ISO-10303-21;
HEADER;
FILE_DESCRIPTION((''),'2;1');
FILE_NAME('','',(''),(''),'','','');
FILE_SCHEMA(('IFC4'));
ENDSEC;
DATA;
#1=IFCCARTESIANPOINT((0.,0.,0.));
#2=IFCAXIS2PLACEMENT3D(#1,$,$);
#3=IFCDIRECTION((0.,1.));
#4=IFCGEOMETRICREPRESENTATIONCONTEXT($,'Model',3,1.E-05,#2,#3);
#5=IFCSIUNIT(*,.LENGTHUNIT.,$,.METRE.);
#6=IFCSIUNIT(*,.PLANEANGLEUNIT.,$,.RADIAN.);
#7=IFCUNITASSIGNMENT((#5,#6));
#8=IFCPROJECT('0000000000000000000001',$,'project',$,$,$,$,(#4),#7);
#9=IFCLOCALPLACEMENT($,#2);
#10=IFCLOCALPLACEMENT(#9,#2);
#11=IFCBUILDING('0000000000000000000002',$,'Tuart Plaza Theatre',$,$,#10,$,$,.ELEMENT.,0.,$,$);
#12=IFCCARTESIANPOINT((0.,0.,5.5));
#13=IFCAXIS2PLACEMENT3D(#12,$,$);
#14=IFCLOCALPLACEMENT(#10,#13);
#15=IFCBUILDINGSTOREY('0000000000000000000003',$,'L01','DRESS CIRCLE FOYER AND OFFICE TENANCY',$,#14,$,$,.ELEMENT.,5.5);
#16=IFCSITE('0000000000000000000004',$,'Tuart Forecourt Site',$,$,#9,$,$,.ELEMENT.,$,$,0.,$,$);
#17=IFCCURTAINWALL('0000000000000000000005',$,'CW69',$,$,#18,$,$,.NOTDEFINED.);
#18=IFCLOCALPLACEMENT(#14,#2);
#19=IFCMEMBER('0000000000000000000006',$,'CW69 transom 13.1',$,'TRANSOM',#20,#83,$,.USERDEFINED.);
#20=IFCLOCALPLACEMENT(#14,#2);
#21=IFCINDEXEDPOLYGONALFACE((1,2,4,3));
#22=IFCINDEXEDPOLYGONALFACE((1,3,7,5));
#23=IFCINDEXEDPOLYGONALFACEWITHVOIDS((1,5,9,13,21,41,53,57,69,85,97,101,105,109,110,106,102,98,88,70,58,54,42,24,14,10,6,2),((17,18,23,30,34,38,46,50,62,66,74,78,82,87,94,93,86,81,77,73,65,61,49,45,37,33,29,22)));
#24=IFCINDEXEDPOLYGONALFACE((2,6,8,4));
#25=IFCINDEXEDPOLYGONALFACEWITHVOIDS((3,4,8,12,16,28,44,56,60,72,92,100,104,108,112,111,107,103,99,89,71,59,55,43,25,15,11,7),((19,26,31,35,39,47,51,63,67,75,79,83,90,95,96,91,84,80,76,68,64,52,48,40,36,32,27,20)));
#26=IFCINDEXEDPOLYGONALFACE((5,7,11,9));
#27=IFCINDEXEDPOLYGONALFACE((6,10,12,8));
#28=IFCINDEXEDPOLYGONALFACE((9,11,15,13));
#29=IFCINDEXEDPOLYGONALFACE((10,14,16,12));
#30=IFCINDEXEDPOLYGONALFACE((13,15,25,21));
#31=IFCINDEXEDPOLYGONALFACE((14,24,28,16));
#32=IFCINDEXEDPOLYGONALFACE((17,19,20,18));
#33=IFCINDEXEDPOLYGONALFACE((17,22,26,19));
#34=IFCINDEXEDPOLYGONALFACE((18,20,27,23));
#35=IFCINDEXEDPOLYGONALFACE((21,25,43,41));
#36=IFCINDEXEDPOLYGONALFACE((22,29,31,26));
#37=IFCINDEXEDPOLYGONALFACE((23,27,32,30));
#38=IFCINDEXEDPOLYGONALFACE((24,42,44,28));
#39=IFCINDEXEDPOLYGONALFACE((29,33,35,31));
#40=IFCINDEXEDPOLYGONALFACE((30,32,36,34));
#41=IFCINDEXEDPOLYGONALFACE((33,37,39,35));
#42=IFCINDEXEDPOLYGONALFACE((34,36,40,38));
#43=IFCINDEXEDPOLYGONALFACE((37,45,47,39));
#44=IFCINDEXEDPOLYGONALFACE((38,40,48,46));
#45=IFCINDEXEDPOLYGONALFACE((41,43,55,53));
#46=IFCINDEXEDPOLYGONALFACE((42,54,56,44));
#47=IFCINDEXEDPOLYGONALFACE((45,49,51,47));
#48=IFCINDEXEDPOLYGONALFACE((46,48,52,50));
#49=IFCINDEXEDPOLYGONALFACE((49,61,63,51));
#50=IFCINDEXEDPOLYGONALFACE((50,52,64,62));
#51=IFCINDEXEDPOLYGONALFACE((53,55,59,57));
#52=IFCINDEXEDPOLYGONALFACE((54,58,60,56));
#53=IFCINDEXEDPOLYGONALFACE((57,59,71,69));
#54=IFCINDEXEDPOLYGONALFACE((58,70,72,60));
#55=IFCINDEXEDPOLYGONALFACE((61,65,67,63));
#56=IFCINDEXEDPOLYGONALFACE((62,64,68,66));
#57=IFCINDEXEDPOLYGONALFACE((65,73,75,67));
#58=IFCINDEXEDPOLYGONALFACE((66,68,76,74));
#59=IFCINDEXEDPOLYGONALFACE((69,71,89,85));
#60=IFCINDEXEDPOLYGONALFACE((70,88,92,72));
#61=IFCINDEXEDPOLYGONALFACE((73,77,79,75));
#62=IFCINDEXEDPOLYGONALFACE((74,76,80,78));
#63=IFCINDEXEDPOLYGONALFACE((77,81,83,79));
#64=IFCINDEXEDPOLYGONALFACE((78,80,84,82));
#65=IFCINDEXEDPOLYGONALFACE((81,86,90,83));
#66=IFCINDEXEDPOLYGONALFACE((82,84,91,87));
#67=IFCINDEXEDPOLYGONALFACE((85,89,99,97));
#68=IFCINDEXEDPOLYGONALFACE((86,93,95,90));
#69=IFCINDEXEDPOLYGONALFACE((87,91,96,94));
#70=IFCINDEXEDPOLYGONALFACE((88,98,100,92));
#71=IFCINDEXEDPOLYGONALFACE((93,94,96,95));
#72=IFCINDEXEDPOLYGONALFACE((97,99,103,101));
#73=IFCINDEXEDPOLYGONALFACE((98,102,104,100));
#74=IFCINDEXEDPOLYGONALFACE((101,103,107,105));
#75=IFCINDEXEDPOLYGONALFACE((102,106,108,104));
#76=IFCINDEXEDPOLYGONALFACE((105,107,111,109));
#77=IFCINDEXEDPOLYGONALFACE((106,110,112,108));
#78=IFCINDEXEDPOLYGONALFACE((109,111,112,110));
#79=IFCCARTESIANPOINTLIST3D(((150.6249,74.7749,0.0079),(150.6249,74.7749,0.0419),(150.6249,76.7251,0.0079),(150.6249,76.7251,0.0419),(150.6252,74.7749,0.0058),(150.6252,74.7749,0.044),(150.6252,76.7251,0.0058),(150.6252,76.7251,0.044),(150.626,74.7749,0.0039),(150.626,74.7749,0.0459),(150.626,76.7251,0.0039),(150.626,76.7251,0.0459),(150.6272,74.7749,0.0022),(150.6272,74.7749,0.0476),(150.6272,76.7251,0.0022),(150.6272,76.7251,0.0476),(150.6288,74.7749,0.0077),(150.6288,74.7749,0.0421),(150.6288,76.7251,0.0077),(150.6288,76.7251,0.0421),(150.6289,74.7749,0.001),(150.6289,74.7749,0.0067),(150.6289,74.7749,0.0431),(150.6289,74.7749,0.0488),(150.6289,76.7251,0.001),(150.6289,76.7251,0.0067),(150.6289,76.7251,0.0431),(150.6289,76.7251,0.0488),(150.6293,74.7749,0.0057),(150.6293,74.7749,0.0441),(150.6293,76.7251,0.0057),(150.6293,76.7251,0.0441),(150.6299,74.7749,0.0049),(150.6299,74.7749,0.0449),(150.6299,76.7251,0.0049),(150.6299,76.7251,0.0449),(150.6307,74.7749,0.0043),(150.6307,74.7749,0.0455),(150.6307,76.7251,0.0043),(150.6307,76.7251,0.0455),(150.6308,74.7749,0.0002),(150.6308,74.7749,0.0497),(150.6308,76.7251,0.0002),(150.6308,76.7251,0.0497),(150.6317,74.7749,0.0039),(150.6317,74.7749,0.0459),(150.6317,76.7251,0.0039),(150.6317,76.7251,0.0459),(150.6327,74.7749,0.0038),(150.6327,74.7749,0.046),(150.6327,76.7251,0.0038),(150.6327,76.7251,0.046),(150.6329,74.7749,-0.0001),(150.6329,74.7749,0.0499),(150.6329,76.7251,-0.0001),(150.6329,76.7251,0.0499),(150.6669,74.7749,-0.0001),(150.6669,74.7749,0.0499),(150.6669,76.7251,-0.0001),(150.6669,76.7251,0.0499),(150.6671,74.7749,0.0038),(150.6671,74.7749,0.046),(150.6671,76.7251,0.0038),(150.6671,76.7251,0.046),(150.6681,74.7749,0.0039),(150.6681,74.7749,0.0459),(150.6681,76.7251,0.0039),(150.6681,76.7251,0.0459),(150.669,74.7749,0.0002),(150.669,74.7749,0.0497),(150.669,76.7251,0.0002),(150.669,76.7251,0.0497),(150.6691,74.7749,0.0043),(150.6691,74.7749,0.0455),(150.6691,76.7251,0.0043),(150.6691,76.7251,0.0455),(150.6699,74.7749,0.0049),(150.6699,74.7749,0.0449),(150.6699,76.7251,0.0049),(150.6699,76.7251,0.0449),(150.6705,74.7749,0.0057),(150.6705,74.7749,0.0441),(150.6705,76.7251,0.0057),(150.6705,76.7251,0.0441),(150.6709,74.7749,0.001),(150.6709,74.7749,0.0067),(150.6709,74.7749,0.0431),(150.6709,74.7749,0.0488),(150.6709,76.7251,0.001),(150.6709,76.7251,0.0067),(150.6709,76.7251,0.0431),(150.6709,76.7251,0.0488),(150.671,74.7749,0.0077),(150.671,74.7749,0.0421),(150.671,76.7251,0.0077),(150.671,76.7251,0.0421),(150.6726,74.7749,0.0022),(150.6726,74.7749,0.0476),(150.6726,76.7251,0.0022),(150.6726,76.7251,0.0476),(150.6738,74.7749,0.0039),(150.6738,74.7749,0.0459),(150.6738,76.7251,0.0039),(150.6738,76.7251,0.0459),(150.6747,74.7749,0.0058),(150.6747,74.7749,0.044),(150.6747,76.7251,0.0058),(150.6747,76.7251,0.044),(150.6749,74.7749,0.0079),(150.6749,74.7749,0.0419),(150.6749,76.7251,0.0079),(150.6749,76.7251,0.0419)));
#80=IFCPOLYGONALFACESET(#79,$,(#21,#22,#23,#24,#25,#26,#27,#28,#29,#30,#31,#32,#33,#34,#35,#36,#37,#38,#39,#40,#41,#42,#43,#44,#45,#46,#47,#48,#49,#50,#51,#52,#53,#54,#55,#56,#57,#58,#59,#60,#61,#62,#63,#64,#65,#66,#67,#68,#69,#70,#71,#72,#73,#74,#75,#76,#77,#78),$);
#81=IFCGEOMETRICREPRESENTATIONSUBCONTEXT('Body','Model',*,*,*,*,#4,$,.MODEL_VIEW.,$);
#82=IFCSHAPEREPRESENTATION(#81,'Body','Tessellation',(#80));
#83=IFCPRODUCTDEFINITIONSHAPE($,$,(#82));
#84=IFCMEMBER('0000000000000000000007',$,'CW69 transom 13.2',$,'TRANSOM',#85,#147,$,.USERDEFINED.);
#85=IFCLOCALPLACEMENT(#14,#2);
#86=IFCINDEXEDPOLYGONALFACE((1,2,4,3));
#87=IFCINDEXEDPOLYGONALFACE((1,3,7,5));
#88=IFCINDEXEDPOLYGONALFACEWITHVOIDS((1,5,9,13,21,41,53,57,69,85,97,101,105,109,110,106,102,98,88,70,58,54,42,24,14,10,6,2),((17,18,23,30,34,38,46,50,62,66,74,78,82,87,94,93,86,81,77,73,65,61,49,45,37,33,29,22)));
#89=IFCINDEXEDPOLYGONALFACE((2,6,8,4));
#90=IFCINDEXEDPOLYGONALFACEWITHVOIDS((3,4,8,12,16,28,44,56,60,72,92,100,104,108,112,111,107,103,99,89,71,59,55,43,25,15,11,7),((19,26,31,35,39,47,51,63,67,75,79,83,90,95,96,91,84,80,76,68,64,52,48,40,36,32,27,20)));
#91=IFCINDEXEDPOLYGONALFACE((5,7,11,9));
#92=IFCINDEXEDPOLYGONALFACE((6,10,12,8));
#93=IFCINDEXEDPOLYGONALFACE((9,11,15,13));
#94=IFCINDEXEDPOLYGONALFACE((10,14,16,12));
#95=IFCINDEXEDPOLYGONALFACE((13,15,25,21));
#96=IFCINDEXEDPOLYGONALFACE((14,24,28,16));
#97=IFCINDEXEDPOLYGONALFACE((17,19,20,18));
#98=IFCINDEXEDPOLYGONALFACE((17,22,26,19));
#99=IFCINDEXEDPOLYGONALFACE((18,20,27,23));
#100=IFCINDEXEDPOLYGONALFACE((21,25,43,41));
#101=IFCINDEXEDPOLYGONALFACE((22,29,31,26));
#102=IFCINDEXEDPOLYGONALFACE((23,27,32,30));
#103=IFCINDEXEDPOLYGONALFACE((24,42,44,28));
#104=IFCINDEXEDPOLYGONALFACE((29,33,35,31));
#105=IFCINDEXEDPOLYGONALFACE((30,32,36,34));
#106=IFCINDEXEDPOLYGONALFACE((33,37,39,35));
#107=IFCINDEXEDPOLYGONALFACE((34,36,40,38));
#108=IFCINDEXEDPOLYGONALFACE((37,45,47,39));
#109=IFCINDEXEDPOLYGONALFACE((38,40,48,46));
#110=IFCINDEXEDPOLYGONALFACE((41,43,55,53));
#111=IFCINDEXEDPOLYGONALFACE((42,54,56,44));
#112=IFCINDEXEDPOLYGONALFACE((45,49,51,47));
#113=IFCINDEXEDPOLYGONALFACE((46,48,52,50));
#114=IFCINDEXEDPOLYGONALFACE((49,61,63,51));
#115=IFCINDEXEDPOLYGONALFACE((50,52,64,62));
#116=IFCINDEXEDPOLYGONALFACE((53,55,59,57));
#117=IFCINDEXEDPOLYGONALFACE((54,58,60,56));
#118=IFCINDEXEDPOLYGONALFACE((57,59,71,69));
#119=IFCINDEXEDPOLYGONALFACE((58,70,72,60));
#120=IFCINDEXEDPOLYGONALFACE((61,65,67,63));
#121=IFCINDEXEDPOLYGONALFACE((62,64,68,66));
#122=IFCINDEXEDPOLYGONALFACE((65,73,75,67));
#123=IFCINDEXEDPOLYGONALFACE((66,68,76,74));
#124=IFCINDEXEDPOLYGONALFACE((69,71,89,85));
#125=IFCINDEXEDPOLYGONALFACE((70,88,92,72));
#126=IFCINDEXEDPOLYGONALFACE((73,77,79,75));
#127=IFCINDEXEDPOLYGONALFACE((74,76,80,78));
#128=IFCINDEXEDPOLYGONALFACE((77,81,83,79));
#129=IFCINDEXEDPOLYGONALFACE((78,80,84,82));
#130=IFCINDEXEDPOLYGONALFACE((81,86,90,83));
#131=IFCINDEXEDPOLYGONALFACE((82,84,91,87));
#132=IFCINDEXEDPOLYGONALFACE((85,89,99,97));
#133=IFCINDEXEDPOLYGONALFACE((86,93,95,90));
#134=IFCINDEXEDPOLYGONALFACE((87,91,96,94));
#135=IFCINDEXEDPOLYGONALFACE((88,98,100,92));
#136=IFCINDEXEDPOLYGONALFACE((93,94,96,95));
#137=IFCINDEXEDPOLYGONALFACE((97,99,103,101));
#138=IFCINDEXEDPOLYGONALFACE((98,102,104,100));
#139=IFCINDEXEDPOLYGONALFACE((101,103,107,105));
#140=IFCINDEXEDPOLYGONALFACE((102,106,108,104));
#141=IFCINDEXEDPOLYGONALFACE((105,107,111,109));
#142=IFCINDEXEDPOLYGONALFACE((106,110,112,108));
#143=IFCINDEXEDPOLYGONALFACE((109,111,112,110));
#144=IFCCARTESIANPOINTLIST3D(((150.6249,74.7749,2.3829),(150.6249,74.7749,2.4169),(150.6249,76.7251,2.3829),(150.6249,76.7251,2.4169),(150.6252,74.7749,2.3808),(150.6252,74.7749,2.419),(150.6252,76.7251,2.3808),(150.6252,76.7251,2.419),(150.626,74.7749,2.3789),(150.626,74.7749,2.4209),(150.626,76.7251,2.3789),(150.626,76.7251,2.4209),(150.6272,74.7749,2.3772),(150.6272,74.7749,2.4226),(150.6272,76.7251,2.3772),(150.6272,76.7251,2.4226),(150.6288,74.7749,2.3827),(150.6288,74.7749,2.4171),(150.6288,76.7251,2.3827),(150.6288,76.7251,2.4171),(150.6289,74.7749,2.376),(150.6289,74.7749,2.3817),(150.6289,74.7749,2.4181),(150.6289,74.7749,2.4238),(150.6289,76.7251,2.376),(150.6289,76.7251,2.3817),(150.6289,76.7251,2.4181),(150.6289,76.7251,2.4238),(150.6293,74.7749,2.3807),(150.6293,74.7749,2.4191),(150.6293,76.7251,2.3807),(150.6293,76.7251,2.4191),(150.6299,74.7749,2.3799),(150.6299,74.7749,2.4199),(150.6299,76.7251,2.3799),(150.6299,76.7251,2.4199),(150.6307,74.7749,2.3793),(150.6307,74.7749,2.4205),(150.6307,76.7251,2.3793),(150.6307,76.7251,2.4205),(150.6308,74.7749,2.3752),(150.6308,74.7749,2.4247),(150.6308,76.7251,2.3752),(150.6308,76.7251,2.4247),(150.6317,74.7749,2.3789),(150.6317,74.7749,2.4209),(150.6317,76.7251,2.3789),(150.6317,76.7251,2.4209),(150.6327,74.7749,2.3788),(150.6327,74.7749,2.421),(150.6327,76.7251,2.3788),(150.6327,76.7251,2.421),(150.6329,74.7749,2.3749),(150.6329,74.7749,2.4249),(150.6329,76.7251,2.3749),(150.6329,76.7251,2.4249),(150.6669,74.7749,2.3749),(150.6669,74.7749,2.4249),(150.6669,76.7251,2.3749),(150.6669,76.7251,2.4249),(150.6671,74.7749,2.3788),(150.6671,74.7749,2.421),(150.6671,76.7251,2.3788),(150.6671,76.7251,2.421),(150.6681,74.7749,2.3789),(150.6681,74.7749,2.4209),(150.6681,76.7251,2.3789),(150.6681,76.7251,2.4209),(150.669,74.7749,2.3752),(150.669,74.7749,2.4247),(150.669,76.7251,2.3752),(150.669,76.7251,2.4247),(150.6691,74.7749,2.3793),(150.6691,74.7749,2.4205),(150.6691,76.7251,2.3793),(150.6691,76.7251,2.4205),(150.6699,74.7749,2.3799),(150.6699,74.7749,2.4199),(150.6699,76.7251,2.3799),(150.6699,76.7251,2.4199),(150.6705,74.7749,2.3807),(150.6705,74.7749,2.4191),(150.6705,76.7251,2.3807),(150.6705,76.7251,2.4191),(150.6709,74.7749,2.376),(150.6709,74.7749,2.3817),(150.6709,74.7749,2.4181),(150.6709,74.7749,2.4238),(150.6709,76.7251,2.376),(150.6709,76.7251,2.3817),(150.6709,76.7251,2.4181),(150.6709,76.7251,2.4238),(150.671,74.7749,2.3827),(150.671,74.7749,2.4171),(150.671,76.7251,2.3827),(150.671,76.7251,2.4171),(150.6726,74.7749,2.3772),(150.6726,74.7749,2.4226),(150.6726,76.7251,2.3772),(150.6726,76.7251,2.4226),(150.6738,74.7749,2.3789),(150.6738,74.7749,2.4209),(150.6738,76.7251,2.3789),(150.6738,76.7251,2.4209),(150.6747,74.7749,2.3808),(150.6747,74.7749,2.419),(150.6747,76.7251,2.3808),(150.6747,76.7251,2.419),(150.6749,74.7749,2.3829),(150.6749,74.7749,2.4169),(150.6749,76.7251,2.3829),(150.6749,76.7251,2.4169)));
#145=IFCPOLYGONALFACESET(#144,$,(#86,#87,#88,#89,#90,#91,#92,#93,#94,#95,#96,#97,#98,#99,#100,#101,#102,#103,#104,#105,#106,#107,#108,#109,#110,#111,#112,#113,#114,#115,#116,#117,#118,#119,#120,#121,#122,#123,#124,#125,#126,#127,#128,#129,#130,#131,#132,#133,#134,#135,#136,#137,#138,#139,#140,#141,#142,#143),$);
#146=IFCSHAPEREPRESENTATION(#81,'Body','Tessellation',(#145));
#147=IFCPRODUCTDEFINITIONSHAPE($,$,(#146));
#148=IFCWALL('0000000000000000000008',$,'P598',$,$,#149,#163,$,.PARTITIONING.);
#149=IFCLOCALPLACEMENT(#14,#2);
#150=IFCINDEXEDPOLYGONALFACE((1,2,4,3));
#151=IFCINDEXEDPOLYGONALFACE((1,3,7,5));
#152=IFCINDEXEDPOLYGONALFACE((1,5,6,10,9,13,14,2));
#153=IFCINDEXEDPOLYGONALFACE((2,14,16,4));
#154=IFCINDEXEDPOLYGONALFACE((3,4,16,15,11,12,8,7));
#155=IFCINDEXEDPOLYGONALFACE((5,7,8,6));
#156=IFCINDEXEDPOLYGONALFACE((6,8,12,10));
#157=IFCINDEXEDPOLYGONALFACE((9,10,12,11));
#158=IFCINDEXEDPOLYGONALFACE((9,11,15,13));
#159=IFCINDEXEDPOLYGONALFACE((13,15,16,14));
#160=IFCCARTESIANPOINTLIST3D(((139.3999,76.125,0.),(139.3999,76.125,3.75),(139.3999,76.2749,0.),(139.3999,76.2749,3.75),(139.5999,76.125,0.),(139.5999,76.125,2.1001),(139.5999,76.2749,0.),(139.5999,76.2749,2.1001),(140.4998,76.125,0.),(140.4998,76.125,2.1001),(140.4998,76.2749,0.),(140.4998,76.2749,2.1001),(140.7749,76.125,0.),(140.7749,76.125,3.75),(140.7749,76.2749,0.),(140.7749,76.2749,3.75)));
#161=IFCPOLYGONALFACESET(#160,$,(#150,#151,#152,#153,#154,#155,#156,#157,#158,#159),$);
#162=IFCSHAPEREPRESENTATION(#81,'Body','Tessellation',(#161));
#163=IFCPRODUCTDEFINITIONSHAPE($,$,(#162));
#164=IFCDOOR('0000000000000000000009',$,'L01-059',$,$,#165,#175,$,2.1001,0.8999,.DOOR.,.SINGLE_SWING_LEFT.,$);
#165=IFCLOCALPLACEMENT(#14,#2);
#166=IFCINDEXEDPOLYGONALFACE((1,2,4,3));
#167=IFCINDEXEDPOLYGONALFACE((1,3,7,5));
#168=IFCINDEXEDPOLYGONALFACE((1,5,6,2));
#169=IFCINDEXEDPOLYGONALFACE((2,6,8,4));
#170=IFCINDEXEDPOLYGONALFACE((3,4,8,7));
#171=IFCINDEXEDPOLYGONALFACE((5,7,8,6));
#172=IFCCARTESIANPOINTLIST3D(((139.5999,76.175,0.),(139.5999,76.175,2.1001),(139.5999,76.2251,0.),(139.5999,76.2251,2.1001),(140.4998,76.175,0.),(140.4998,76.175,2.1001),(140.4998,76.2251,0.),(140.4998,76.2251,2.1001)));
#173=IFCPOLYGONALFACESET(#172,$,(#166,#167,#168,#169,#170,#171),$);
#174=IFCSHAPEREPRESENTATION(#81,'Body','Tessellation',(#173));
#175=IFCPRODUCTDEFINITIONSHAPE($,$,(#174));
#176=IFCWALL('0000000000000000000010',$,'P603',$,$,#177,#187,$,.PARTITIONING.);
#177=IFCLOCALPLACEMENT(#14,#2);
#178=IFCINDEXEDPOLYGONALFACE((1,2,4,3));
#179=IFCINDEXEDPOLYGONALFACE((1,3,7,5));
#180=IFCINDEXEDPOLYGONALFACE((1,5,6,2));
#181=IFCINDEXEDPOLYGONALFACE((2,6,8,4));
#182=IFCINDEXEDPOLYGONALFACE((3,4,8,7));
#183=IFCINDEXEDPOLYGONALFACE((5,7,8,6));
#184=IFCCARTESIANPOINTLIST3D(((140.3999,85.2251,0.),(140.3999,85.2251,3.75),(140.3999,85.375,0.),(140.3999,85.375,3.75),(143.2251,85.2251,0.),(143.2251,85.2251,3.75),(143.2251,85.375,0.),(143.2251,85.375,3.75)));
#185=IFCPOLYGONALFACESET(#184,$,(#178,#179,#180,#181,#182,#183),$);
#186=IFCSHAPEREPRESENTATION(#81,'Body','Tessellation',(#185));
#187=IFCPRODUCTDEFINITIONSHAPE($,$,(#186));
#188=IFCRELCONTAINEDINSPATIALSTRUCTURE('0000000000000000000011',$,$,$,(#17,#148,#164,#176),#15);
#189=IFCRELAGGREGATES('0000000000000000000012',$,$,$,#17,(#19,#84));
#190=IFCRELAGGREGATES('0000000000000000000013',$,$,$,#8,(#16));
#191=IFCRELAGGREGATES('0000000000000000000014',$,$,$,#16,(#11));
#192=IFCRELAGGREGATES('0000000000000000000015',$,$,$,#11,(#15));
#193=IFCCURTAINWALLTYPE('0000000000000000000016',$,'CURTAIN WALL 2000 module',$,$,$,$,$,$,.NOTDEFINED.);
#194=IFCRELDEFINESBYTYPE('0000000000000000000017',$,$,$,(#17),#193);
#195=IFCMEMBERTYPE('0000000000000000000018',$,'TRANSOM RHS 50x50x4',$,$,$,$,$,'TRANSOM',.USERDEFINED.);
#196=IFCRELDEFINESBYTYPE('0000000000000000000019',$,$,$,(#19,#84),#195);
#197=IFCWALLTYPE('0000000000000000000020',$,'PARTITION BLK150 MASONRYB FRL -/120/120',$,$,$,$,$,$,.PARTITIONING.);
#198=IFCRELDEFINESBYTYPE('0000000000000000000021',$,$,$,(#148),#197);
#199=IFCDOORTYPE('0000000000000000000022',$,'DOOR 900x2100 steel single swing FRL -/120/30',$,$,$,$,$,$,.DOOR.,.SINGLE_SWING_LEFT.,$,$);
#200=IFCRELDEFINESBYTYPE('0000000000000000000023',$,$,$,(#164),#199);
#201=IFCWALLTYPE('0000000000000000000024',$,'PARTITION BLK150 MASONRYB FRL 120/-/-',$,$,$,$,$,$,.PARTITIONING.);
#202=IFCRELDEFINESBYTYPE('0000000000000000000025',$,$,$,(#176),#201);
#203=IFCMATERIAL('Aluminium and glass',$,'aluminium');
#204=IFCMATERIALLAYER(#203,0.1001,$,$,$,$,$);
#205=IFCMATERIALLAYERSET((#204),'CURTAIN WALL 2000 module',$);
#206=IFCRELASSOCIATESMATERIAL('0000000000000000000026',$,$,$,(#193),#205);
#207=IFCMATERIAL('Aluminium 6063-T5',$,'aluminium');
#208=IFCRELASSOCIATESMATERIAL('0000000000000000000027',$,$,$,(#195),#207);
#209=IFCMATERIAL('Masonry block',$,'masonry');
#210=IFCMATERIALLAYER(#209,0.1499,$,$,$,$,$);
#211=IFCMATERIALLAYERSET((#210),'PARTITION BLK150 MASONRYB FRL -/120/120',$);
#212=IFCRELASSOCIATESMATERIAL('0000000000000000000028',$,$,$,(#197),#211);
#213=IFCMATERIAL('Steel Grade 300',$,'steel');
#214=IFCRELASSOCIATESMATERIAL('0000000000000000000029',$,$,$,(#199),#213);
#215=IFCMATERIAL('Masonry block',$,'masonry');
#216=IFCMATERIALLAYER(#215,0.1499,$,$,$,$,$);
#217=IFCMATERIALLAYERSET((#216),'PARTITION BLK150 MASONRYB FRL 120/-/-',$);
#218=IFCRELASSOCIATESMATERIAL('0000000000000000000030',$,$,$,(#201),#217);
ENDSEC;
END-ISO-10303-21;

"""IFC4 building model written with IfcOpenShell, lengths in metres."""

from ifc_helpers import new_model, si_unit, direction, frame, frame_2d, origin, origin_2d, place, context, subcontext, project, spatial, rectangle, hollow_rectangle, extrude, material, layer, layer_set, material_profile, profile_set, type_object, element, fill, aggregate, save


model = new_model("IFC4")

# Units and contexts
model_context = context("Model", 3, precision=1e-05, world=origin(), true_north=direction((0.0, 1.0)))
body_context = subcontext(model_context, "Body", "Model", "MODEL_VIEW")
ifc_project = project(units=[si_unit("LENGTHUNIT", "METRE"), si_unit("PLANEANGLEUNIT", "RADIAN")], contexts=[model_context])

# Site, building, storey
site_placement = place(None, origin())
site = spatial("IfcSite", under=ifc_project, at=site_placement, Name="Tuart Forecourt Site", CompositionType="ELEMENT", RefElevation=0.0)
building_placement = place(site_placement, origin())
building = spatial("IfcBuilding", under=site, at=building_placement, Name="Tuart Plaza Theatre", CompositionType="ELEMENT", ElevationOfRefHeight=0.0)
storey_placement = place(building_placement, frame((0.0, 0.0, 5.5)))
storey = spatial("IfcBuildingStorey", under=building, at=storey_placement, Name="L01", Description="DRESS CIRCLE FOYER AND OFFICE TENANCY", CompositionType="ELEMENT", Elevation=5.5)

# Curtain wall, members
ifc_material_1 = material(Name="Aluminium and glass", Category="aluminium")
ifc_layer_1 = layer(ifc_material_1, 0.1001)
ifc_layer_set_1 = layer_set([ifc_layer_1], Name="CURTAIN WALL 2000 module")
curtain_wall_type = type_object("IfcCurtainWallType", Name="CURTAIN WALL 2000 module", PredefinedType="NOTDEFINED", material=ifc_layer_set_1)
curtain_wall_placement = place(storey_placement, origin())
curtain_wall = element("IfcCurtainWall", 1, at=curtain_wall_placement, inside=storey, type_object=curtain_wall_type, Name="CW69", PredefinedType="NOTDEFINED")
ifc_material_2 = material(Name="Aluminium 6063-T5", Category="aluminium")
ifc_material_profile_1 = material_profile(ifc_material_2, hollow_rectangle(XDim=0.05, YDim=0.05, WallThickness=0.0039, InnerFilletRadius=0.0039, OuterFilletRadius=0.0081, at=origin_2d()), Name="RHS 50x50x4")
ifc_profile_set_1 = profile_set([ifc_material_profile_1], Name="Aluminium 6063-T5")
member_type_1 = type_object("IfcMemberType", Name="TRANSOM RHS 50x50x4", ElementType="TRANSOM", PredefinedType="USERDEFINED", material=ifc_profile_set_1)
member_1_placement = place(storey_placement, frame((150.6499, 74.7749, 0.0249), z_axis=(0.0, 1.0, 0.0), x_axis=(-1.0, 0.0, 0.0)))
member_1 = element("IfcMember", 2, at=member_1_placement, type_object=member_type_1, Name="CW69 transom 13.1", ObjectType="TRANSOM", PredefinedType="USERDEFINED", context=body_context, shape_type="SweptSolid", body=[
    extrude(hollow_rectangle(XDim=0.05, YDim=0.05, WallThickness=0.0039, InnerFilletRadius=0.0039, OuterFilletRadius=0.0081, at=origin_2d()), origin(), (0.0, 0.0, 1.0), 1.9502),
])
member_2_placement = place(storey_placement, frame((150.6499, 74.7749, 2.3999), z_axis=(0.0, 1.0, 0.0), x_axis=(-1.0, 0.0, 0.0)))
member_2 = element("IfcMember", 3, at=member_2_placement, type_object=member_type_1, Name="CW69 transom 13.2", ObjectType="TRANSOM", PredefinedType="USERDEFINED", context=body_context, shape_type="SweptSolid", body=[
    extrude(hollow_rectangle(XDim=0.05, YDim=0.05, WallThickness=0.0039, InnerFilletRadius=0.0039, OuterFilletRadius=0.0081, at=origin_2d()), origin(), (0.0, 0.0, 1.0), 1.9502),
])
aggregate(curtain_wall, [member_1, member_2])

# Wall, opening, door
ifc_material_3 = material(Name="Masonry block", Category="masonry")
ifc_layer_2 = layer(ifc_material_3, 0.1499)
ifc_layer_set_2 = layer_set([ifc_layer_2], Name="PARTITION BLK150 MASONRYB FRL -/120/120")
wall_type_1 = type_object("IfcWallType", Name="PARTITION BLK150 MASONRYB FRL -/120/120", PredefinedType="PARTITIONING", material=ifc_layer_set_2)
wall_1_placement = place(storey_placement, frame((139.3999, 76.2, 0.0), z_axis=(0.0, 0.0, 1.0), x_axis=(1.0, 0.0, 0.0)))
wall_1 = element("IfcWall", 4, at=wall_1_placement, inside=storey, type_object=wall_type_1, Name="P598", PredefinedType="PARTITIONING", context=body_context, shape_type="SweptSolid", body=[
    extrude(rectangle(XDim=1.375, YDim=0.1499, at=frame_2d((0.6875, 0.0))), origin(), (0.0, 0.0, 1.0), 3.75),
])
opening_1_placement = place(wall_1_placement, frame((0.2, 0.0, 0.0)))
opening_1 = element("IfcOpeningElement", 5, at=opening_1_placement, cuts=wall_1, PredefinedType="OPENING", context=body_context, shape_type="SweptSolid", body=[
    extrude(rectangle(XDim=0.8999, YDim=2.1001, at=frame_2d((0.45, 1.05))), frame((0.0, 0.085, 0.0), z_axis=(0.0, -1.0, 0.0), x_axis=(1.0, 0.0, 0.0)), (0.0, 0.0, 1.0), 0.1699),
])
ifc_material_4 = material(Name="Steel Grade 300", Category="steel")
door_type_1 = type_object("IfcDoorType", Name="DOOR 900x2100 steel single swing FRL -/120/30", OperationType="SINGLE_SWING_LEFT", PredefinedType="DOOR", material=ifc_material_4)
door_1_placement = place(opening_1_placement, frame((0.8999, 0.0, 0.0), z_axis=(0.0, 0.0, 1.0), x_axis=(-1.0, 0.0, 0.0)))
door_1 = element("IfcDoor", 6, at=door_1_placement, inside=storey, type_object=door_type_1, Name="L01-059", OperationType="SINGLE_SWING_LEFT", OverallHeight=2.1001, OverallWidth=0.8999, PredefinedType="DOOR", context=body_context, shape_type="SweptSolid", body=[
    extrude(rectangle(XDim=0.8999, YDim=2.1001, at=frame_2d((0.45, 1.05))), frame((0.0, 0.0249, 0.0), z_axis=(0.0, -1.0, 0.0), x_axis=(1.0, 0.0, 0.0)), (0.0, 0.0, 1.0), 0.05),
])
fill(opening_1, door_1)

# Wall
ifc_material_5 = material(Name="Masonry block", Category="masonry")
ifc_layer_3 = layer(ifc_material_5, 0.1499)
ifc_layer_set_3 = layer_set([ifc_layer_3], Name="PARTITION BLK150 MASONRYB FRL 120/-/-")
wall_type_2 = type_object("IfcWallType", Name="PARTITION BLK150 MASONRYB FRL 120/-/-", PredefinedType="PARTITIONING", material=ifc_layer_set_3)
wall_2_placement = place(storey_placement, frame((140.3999, 85.3, 0.0), z_axis=(0.0, 0.0, 1.0), x_axis=(1.0, 0.0, 0.0)))
element("IfcWall", 7, at=wall_2_placement, inside=storey, type_object=wall_type_2, Name="P603", PredefinedType="PARTITIONING", context=body_context, shape_type="SweptSolid", body=[
    extrude(rectangle(XDim=2.8252, YDim=0.1499, at=frame_2d((1.4126, 0.0))), origin(), (0.0, 0.0, 1.0), 3.75),
])

save(model, "model.ifc")
